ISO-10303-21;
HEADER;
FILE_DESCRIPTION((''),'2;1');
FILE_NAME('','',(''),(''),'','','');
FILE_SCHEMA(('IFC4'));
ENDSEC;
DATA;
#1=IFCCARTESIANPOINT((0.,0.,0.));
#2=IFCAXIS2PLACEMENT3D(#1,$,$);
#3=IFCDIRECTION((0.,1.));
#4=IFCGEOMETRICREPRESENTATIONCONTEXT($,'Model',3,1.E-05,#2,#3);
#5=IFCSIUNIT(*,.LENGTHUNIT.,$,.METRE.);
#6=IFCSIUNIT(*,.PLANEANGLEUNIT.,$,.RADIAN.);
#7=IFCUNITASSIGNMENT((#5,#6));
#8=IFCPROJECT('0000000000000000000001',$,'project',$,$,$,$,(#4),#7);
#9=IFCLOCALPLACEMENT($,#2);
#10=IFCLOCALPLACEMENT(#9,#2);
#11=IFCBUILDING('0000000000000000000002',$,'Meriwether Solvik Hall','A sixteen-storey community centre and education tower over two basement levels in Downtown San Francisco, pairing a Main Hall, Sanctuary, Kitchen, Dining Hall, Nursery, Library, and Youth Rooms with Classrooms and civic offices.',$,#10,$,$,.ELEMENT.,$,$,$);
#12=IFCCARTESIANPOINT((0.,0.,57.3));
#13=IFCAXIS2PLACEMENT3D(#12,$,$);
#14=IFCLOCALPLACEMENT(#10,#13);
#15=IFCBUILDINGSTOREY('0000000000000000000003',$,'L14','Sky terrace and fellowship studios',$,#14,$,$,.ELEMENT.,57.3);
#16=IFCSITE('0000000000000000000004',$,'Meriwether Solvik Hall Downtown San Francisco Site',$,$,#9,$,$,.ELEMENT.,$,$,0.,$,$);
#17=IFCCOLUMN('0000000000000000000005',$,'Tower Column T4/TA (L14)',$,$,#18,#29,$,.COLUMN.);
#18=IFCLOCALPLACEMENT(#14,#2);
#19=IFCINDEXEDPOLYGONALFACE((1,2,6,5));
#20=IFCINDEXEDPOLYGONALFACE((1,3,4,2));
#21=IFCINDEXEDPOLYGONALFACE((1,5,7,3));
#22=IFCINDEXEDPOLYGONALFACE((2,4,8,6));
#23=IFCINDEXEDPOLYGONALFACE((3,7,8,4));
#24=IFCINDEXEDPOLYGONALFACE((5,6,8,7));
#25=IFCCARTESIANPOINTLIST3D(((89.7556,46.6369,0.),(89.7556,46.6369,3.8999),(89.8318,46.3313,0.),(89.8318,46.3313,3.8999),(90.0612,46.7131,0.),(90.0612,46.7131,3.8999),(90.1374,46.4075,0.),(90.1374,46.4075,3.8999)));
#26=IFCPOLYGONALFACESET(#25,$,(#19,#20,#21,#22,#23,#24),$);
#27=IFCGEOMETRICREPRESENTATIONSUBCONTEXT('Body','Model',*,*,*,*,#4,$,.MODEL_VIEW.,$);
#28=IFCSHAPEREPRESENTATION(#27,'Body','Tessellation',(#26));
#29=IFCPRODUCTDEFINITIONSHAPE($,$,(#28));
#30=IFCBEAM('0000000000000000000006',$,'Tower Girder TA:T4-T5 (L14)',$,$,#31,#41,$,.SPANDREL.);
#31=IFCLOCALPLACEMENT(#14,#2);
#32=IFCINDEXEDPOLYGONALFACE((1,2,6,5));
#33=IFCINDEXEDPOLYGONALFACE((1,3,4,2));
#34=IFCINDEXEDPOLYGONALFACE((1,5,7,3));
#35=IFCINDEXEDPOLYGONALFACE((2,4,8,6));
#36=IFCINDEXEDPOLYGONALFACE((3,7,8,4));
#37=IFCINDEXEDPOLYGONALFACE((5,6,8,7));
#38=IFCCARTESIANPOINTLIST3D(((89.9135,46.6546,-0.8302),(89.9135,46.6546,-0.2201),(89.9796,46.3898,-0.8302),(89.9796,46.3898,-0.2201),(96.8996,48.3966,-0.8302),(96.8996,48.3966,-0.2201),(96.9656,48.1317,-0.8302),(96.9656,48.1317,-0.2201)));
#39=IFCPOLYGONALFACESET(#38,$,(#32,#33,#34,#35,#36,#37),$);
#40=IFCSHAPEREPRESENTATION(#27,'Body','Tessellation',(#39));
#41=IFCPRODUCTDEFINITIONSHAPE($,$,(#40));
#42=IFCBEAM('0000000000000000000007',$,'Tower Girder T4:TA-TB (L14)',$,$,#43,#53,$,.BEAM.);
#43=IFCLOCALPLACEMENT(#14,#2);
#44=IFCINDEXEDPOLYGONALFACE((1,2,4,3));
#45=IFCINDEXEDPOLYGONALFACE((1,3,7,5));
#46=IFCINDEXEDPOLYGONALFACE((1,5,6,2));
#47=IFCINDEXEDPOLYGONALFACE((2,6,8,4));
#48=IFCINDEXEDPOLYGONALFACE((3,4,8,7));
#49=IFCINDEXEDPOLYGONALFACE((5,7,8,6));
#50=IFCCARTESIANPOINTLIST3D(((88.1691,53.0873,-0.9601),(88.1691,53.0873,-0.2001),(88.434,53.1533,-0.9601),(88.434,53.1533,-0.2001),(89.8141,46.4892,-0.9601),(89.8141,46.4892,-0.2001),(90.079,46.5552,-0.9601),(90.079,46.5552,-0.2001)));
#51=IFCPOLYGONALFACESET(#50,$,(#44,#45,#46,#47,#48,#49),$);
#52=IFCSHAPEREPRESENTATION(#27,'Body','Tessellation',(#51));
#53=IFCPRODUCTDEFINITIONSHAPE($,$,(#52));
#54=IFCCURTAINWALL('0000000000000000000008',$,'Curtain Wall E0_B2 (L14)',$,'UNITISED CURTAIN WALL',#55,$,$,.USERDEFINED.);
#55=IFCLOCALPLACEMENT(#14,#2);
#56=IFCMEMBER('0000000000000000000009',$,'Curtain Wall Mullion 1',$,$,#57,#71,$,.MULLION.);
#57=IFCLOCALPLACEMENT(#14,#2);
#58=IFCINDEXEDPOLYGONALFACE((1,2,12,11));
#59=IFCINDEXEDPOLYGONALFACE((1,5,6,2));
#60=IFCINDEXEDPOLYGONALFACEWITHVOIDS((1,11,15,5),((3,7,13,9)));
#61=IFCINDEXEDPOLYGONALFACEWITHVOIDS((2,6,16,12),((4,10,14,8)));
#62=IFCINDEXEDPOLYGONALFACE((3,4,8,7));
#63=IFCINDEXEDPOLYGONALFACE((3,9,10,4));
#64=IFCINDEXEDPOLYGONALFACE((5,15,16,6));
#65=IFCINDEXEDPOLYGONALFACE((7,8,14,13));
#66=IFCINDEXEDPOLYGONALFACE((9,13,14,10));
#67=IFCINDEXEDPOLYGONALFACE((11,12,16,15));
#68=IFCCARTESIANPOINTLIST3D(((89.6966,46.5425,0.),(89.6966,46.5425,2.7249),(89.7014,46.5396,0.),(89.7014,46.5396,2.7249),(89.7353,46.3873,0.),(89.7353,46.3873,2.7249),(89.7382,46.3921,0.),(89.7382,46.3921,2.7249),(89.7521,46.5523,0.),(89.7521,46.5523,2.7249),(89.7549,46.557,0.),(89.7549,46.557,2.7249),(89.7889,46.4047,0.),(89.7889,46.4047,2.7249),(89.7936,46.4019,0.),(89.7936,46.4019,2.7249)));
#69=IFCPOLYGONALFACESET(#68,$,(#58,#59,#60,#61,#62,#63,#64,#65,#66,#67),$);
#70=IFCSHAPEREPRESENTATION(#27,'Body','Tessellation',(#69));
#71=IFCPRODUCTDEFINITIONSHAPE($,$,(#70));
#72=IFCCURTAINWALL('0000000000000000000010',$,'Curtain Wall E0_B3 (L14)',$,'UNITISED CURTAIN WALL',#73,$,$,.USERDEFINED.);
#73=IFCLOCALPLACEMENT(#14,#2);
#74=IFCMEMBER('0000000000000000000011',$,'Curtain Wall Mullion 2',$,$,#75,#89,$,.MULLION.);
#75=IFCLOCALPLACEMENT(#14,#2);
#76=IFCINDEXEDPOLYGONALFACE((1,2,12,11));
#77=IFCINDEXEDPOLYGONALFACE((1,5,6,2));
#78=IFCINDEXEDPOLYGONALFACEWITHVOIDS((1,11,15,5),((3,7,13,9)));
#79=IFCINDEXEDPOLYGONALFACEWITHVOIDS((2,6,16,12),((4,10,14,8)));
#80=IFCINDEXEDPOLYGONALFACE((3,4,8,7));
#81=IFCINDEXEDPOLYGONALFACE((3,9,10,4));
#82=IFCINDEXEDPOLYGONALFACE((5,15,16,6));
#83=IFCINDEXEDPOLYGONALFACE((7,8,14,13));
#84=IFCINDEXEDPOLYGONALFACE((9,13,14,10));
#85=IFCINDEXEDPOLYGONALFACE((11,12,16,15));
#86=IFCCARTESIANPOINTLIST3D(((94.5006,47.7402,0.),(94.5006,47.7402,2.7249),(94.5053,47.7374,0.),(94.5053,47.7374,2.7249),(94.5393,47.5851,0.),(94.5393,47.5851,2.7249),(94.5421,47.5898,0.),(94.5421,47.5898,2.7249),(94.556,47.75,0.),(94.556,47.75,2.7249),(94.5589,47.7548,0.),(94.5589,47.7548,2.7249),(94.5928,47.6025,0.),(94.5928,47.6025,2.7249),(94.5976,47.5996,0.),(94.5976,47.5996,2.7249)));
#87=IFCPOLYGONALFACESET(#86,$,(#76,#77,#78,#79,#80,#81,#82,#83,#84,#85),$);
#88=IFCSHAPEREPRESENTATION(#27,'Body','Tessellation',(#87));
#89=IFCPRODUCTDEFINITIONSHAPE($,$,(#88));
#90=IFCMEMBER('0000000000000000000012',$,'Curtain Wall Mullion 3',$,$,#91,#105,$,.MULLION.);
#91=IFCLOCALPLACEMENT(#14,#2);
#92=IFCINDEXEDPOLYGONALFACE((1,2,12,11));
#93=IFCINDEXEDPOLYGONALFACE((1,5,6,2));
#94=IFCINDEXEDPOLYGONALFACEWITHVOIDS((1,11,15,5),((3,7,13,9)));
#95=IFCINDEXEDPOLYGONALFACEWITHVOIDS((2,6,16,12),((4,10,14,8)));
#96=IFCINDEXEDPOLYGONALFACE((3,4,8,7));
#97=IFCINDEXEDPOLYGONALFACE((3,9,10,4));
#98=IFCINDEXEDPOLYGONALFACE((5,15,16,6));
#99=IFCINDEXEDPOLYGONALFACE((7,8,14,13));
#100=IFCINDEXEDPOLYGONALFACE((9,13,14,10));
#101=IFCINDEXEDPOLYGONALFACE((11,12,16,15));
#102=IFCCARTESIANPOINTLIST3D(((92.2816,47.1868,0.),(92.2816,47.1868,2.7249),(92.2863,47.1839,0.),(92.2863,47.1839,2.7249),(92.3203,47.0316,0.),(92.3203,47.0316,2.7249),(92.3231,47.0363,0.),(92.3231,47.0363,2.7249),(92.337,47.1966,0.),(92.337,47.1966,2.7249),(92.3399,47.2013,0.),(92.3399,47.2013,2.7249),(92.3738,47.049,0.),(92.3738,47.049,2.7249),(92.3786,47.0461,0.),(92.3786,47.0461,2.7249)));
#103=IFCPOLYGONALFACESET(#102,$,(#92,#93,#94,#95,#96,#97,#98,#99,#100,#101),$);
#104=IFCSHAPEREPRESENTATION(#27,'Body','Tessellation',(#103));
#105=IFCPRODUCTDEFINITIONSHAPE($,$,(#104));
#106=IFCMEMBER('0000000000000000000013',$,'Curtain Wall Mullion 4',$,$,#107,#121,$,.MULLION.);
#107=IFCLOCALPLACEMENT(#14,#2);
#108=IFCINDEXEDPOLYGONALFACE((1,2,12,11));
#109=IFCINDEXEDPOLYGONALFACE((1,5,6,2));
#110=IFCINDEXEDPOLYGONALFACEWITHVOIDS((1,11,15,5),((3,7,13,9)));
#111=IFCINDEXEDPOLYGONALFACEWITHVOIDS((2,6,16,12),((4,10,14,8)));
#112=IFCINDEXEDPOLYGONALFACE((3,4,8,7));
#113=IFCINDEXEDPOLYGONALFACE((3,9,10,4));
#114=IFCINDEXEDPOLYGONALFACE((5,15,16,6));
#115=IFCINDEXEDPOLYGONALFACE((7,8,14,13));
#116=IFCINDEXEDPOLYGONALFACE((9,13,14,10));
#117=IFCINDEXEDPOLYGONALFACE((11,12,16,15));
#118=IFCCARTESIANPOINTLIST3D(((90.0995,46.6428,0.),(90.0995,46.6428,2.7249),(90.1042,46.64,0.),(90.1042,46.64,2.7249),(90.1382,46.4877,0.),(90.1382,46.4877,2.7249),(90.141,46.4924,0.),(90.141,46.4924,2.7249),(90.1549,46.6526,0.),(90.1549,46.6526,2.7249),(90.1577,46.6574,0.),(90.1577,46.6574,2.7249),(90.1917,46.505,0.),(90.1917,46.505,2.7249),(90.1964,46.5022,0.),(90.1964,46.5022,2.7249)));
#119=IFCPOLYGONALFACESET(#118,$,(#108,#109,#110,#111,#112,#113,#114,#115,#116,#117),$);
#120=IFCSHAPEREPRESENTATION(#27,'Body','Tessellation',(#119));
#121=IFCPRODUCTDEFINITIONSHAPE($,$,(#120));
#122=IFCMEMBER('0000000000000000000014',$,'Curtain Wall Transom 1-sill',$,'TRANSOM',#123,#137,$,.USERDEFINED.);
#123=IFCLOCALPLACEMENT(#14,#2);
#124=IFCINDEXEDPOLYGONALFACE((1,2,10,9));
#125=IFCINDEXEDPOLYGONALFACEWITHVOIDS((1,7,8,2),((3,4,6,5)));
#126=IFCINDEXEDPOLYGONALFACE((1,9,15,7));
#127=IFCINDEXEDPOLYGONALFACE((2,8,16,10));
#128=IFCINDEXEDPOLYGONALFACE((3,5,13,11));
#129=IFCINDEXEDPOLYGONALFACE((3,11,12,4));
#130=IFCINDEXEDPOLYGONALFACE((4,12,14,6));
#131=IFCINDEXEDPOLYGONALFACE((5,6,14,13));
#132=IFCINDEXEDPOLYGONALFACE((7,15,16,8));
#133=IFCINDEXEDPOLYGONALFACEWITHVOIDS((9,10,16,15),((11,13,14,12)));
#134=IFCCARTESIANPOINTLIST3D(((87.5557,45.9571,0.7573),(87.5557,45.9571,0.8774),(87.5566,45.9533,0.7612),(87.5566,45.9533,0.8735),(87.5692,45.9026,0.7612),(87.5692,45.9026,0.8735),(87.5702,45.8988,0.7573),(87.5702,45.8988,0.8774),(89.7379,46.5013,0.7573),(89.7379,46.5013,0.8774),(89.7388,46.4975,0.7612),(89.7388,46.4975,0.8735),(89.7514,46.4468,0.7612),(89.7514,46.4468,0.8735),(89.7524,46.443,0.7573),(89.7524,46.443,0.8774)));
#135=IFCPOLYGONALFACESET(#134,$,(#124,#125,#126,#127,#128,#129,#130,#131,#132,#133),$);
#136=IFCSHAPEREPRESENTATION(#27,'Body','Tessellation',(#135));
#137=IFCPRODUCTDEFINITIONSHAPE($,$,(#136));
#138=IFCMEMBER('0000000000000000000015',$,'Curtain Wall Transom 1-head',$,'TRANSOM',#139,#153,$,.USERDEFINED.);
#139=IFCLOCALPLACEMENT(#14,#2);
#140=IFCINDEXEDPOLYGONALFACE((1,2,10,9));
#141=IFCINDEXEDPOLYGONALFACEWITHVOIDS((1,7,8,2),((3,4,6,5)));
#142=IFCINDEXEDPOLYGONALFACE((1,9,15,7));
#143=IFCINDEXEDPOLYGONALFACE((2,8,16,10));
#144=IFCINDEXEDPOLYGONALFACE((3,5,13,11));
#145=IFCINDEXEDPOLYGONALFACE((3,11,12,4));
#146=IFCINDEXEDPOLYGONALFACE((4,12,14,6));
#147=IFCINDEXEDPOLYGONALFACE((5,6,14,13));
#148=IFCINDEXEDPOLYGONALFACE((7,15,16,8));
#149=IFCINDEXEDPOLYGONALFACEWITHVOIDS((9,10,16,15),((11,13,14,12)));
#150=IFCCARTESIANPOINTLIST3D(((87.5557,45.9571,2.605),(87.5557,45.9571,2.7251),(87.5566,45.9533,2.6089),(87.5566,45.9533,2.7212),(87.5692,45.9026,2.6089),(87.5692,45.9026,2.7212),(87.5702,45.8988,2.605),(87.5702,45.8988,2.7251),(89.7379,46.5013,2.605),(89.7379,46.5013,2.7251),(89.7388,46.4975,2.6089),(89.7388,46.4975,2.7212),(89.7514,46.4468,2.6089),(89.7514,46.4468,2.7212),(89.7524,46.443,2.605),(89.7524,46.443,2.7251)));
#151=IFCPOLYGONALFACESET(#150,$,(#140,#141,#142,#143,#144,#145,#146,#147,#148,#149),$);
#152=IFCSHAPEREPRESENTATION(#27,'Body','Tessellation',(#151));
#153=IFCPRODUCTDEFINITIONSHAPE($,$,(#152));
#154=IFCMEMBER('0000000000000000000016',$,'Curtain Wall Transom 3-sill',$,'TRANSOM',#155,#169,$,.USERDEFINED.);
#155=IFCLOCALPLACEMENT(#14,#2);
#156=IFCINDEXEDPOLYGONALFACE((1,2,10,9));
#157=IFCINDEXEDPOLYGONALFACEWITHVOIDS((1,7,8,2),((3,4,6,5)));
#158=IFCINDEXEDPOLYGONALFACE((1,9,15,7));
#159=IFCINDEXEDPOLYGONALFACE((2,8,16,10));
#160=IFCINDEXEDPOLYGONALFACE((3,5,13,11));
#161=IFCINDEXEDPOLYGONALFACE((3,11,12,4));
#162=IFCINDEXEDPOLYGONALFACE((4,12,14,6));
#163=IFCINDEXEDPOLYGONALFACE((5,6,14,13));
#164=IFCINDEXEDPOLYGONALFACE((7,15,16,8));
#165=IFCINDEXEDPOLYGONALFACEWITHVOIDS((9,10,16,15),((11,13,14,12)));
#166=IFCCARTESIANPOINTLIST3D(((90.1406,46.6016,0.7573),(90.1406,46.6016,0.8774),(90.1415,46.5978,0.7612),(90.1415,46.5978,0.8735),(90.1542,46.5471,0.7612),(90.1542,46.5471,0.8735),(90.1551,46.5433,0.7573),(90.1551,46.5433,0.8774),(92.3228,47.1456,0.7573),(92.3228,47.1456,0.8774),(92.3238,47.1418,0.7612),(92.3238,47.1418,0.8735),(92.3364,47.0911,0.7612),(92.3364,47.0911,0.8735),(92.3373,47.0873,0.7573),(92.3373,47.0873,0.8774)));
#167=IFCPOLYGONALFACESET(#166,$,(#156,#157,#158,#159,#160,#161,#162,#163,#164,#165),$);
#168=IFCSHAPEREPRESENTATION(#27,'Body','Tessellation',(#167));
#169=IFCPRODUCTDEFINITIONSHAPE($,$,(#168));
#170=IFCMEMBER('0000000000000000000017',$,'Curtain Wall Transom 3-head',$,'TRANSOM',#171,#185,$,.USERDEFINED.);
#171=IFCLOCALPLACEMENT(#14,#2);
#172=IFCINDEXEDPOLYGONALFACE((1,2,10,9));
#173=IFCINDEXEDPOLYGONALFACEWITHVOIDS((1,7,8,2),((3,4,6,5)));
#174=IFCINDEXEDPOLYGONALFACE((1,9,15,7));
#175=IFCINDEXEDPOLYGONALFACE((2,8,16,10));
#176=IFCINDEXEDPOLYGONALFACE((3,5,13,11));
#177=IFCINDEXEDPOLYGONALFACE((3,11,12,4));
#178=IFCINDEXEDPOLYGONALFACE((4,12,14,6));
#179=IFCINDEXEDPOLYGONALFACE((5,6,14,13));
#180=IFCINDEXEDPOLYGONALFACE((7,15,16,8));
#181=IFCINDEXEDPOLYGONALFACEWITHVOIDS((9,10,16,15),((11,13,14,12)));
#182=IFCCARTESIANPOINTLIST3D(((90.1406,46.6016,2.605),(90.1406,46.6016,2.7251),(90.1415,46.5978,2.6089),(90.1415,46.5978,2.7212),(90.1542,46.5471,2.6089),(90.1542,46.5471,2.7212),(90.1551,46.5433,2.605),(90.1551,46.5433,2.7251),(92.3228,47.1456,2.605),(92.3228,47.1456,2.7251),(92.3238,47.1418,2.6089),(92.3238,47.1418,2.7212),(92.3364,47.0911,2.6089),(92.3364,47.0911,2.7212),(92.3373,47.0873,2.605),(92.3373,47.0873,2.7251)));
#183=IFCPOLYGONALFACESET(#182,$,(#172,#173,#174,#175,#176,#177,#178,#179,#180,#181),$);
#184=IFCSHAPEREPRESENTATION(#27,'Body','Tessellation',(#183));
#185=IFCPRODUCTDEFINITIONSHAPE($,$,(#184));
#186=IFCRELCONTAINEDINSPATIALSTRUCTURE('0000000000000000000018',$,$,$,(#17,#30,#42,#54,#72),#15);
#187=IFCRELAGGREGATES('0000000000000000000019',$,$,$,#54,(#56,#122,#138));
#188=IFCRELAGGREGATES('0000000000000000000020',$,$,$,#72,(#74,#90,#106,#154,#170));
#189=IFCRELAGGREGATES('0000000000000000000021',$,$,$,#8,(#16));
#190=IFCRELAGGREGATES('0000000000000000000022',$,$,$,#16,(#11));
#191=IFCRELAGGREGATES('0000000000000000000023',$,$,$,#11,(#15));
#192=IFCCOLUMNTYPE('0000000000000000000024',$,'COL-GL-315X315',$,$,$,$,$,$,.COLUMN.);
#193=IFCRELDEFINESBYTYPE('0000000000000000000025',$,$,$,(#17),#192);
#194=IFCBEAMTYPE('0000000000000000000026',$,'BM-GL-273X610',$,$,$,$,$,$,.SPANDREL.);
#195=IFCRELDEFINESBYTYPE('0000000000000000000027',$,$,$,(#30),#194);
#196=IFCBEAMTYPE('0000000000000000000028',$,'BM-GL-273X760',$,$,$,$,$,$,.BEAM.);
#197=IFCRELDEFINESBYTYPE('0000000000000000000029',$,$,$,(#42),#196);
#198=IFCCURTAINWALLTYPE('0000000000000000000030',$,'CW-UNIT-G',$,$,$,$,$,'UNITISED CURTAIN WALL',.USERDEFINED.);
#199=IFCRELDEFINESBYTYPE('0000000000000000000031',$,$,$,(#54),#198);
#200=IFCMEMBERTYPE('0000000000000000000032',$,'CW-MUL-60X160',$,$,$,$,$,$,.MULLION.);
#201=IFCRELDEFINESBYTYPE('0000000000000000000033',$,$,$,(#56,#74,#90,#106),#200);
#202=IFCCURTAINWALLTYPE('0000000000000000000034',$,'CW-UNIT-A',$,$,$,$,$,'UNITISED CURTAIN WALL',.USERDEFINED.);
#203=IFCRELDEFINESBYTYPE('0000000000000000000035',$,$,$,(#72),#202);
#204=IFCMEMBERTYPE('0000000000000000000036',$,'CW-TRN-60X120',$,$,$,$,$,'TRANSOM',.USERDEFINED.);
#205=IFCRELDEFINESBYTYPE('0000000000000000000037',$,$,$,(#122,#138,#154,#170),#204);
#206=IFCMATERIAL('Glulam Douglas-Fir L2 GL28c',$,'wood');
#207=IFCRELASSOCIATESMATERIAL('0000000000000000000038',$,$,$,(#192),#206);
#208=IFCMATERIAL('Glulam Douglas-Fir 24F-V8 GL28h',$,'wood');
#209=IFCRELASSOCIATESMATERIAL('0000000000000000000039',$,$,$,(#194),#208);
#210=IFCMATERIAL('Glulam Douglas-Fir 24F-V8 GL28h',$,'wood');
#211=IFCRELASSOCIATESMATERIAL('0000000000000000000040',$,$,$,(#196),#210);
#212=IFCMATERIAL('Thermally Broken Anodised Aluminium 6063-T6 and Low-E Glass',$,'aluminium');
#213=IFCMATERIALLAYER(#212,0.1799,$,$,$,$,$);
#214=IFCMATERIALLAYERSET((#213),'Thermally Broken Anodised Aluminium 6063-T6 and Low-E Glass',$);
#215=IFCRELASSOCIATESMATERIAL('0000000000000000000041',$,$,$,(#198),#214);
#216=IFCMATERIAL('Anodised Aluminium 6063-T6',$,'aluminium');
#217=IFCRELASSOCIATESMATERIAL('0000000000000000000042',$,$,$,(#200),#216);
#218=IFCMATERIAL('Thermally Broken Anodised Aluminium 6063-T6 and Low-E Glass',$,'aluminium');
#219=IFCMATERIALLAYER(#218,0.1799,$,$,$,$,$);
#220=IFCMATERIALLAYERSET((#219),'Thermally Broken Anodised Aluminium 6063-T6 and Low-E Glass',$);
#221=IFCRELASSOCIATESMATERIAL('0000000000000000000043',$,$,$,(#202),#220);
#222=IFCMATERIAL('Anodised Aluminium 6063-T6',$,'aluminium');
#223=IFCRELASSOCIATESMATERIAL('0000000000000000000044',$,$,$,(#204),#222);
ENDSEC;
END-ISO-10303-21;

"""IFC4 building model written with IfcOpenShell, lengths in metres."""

from ifc_helpers import new_model, si_unit, direction, frame, origin, origin_2d, place, context, subcontext, project, spatial, rectangle, hollow_rectangle, extrude, material, layer, layer_set, material_profile, profile_set, type_object, element, aggregate, save


model = new_model("IFC4")

# Units and contexts
model_context = context("Model", 3, precision=1e-05, world=origin(), true_north=direction((0.0, 1.0)))
body_context = subcontext(model_context, "Body", "Model", "MODEL_VIEW")
ifc_project = project(units=[si_unit("LENGTHUNIT", "METRE"), si_unit("PLANEANGLEUNIT", "RADIAN")], contexts=[model_context])

# Site, building, storey
site_placement = place(None, origin())
site = spatial("IfcSite", under=ifc_project, at=site_placement, Name="Meriwether Solvik Hall Downtown San Francisco Site", CompositionType="ELEMENT", RefElevation=0.0)
building_placement = place(site_placement, origin())
building = spatial("IfcBuilding", under=site, at=building_placement, Name="Meriwether Solvik Hall", Description="A sixteen-storey community centre and education tower over two basement levels in Downtown San Francisco, pairing a Main Hall, Sanctuary, Kitchen, Dining Hall, Nursery, Library, and Youth Rooms with Classrooms and civic offices.", CompositionType="ELEMENT")
storey_placement = place(building_placement, frame((0.0, 0.0, 57.3)))
storey = spatial("IfcBuildingStorey", under=building, at=storey_placement, Name="L14", Description="Sky terrace and fellowship studios", CompositionType="ELEMENT", Elevation=57.3)

# Column
ifc_material_1 = material(Name="Glulam Douglas-Fir L2 GL28c", Category="wood")
ifc_material_profile_1 = material_profile(ifc_material_1, rectangle(XDim=0.3149, YDim=0.3149, at=origin_2d()), Name="GLC-315X315")
ifc_profile_set_1 = profile_set([ifc_material_profile_1], Name="Glulam Douglas-Fir L2 GL28c")
column_type = type_object("IfcColumnType", Name="COL-GL-315X315", PredefinedType="COLUMN", material=ifc_profile_set_1)
column_placement = place(storey_placement, frame((89.9465, 46.5222, 0.0), z_axis=(0.0, 0.0, 1.0), x_axis=(0.970296, 0.241922, 0.0)))
element("IfcColumn", 1, at=column_placement, inside=storey, type_object=column_type, Name="Tower Column T4/TA (L14)", PredefinedType="COLUMN", context=body_context, shape_type="SweptSolid", body=[
    extrude(rectangle(XDim=0.3149, YDim=0.3149, at=origin_2d()), origin(), (0.0, 0.0, 1.0), 3.8999),
])

# Beams
ifc_material_2 = material(Name="Glulam Douglas-Fir 24F-V8 GL28h", Category="wood")
ifc_material_profile_2 = material_profile(ifc_material_2, rectangle(XDim=0.2729, YDim=0.6101, at=origin_2d()), Name="GLB-273X610")
ifc_profile_set_2 = profile_set([ifc_material_profile_2], Name="Glulam Douglas-Fir 24F-V8 GL28h")
beam_type_1 = type_object("IfcBeamType", Name="BM-GL-273X610", PredefinedType="SPANDREL", material=ifc_profile_set_2)
beam_1_placement = place(storey_placement, frame((89.9465, 46.5222, -0.5251), z_axis=(0.970292, 0.241937, 0.0), x_axis=(-0.241937, 0.970292, 0.0)))
element("IfcBeam", 2, at=beam_1_placement, inside=storey, type_object=beam_type_1, Name="Tower Girder TA:T4-T5 (L14)", PredefinedType="SPANDREL", context=body_context, shape_type="SweptSolid", body=[
    extrude(rectangle(XDim=0.2729, YDim=0.6101, at=origin_2d()), origin(), (0.0, 0.0, 1.0), 7.2),
])
ifc_material_3 = material(Name="Glulam Douglas-Fir 24F-V8 GL28h", Category="wood")
ifc_material_profile_3 = material_profile(ifc_material_3, rectangle(XDim=0.2729, YDim=0.76, at=origin_2d()), Name="GLB-273X760")
ifc_profile_set_3 = profile_set([ifc_material_profile_3], Name="Glulam Douglas-Fir 24F-V8 GL28h")
beam_type_2 = type_object("IfcBeamType", Name="BM-GL-273X760", PredefinedType="BEAM", material=ifc_profile_set_3)
beam_2_placement = place(storey_placement, frame((89.9465, 46.5222, -0.5801), z_axis=(-0.24191, 0.970299, 0.0), x_axis=(-0.970299, -0.24191, 0.0)))
element("IfcBeam", 3, at=beam_2_placement, inside=storey, type_object=beam_type_2, Name="Tower Girder T4:TA-TB (L14)", PredefinedType="BEAM", context=body_context, shape_type="SweptSolid", body=[
    extrude(rectangle(XDim=0.2729, YDim=0.76, at=origin_2d()), origin(), (0.0, 0.0, 1.0), 6.8),
])

# Curtain wall, member
ifc_material_4 = material(Name="Thermally Broken Anodised Aluminium 6063-T6 and Low-E Glass", Category="aluminium")
ifc_layer_1 = layer(ifc_material_4, 0.1799)
ifc_layer_set_1 = layer_set([ifc_layer_1], Name="Thermally Broken Anodised Aluminium 6063-T6 and Low-E Glass")
curtain_wall_type_1 = type_object("IfcCurtainWallType", Name="CW-UNIT-G", ElementType="UNITISED CURTAIN WALL", PredefinedType="USERDEFINED", material=ifc_layer_set_1)
curtain_wall_1_placement = place(storey_placement, origin())
curtain_wall_1 = element("IfcCurtainWall", 4, at=curtain_wall_1_placement, inside=storey, type_object=curtain_wall_type_1, Name="Curtain Wall E0_B2 (L14)", ObjectType="UNITISED CURTAIN WALL", PredefinedType="USERDEFINED")
ifc_material_5 = material(Name="Anodised Aluminium 6063-T6", Category="aluminium")
ifc_material_profile_4 = material_profile(ifc_material_5, hollow_rectangle(XDim=0.0601, YDim=0.1599, WallThickness=0.0039, at=origin_2d()), Name="CWM-60X160")
ifc_profile_set_4 = profile_set([ifc_material_profile_4], Name="Anodised Aluminium 6063-T6")
member_type_1 = type_object("IfcMemberType", Name="CW-MUL-60X160", PredefinedType="MULLION", material=ifc_profile_set_4)
member_1_placement = place(storey_placement, frame((89.7451, 46.4722, 0.0), z_axis=(0.0, 0.0, 1.0), x_axis=(-0.970296, -0.241922, 0.0)))
member_1 = element("IfcMember", 5, at=member_1_placement, type_object=member_type_1, Name="Curtain Wall Mullion 1", PredefinedType="MULLION", context=body_context, shape_type="SweptSolid", body=[
    extrude(hollow_rectangle(XDim=0.0601, YDim=0.1599, WallThickness=0.0039, at=origin_2d()), origin(), (0.0, 0.0, 1.0), 2.7249),
])

# Curtain wall, members
ifc_material_6 = material(Name="Thermally Broken Anodised Aluminium 6063-T6 and Low-E Glass", Category="aluminium")
ifc_layer_2 = layer(ifc_material_6, 0.1799)
ifc_layer_set_2 = layer_set([ifc_layer_2], Name="Thermally Broken Anodised Aluminium 6063-T6 and Low-E Glass")
curtain_wall_type_2 = type_object("IfcCurtainWallType", Name="CW-UNIT-A", ElementType="UNITISED CURTAIN WALL", PredefinedType="USERDEFINED", material=ifc_layer_set_2)
curtain_wall_2_placement = place(storey_placement, origin())
curtain_wall_2 = element("IfcCurtainWall", 6, at=curtain_wall_2_placement, inside=storey, type_object=curtain_wall_type_2, Name="Curtain Wall E0_B3 (L14)", ObjectType="UNITISED CURTAIN WALL", PredefinedType="USERDEFINED")
member_2_placement = place(storey_placement, frame((94.5491, 47.6699, 0.0), z_axis=(0.0, 0.0, 1.0), x_axis=(-0.970296, -0.241922, 0.0)))
member_2 = element("IfcMember", 7, at=member_2_placement, type_object=member_type_1, Name="Curtain Wall Mullion 2", PredefinedType="MULLION", context=body_context, shape_type="SweptSolid", body=[
    extrude(hollow_rectangle(XDim=0.0601, YDim=0.1599, WallThickness=0.0039, at=origin_2d()), origin(), (0.0, 0.0, 1.0), 2.7249),
])
member_3_placement = place(storey_placement, frame((92.3301, 47.1165, 0.0), z_axis=(0.0, 0.0, 1.0), x_axis=(-0.970296, -0.241922, 0.0)))
member_3 = element("IfcMember", 8, at=member_3_placement, type_object=member_type_1, Name="Curtain Wall Mullion 3", PredefinedType="MULLION", context=body_context, shape_type="SweptSolid", body=[
    extrude(hollow_rectangle(XDim=0.0601, YDim=0.1599, WallThickness=0.0039, at=origin_2d()), origin(), (0.0, 0.0, 1.0), 2.7249),
])
member_4_placement = place(storey_placement, frame((90.1479, 46.5725, 0.0), z_axis=(0.0, 0.0, 1.0), x_axis=(-0.970296, -0.241922, 0.0)))
member_4 = element("IfcMember", 9, at=member_4_placement, type_object=member_type_1, Name="Curtain Wall Mullion 4", PredefinedType="MULLION", context=body_context, shape_type="SweptSolid", body=[
    extrude(hollow_rectangle(XDim=0.0601, YDim=0.1599, WallThickness=0.0039, at=origin_2d()), origin(), (0.0, 0.0, 1.0), 2.7249),
])

# Members
ifc_material_7 = material(Name="Anodised Aluminium 6063-T6", Category="aluminium")
ifc_material_profile_5 = material_profile(ifc_material_7, hollow_rectangle(XDim=0.0601, YDim=0.1201, WallThickness=0.0039, at=origin_2d()), Name="CWT-60X120")
ifc_profile_set_5 = profile_set([ifc_material_profile_5], Name="Anodised Aluminium 6063-T6")
member_type_2 = type_object("IfcMemberType", Name="CW-TRN-60X120", ElementType="TRANSOM", PredefinedType="USERDEFINED", material=ifc_profile_set_5)
member_5_placement = place(storey_placement, frame((89.7451, 46.4722, 0.8174), z_axis=(-0.970283, -0.241974, 0.0), x_axis=(0.241974, -0.970283, 0.0)))
member_5 = element("IfcMember", 10, at=member_5_placement, type_object=member_type_2, Name="Curtain Wall Transom 1-sill", ObjectType="TRANSOM", PredefinedType="USERDEFINED", context=body_context, shape_type="SweptSolid", body=[
    extrude(hollow_rectangle(XDim=0.0601, YDim=0.1201, WallThickness=0.0039, at=origin_2d()), origin(), (0.0, 0.0, 1.0), 2.249),
])
member_6_placement = place(storey_placement, frame((89.7451, 46.4722, 2.665), z_axis=(-0.970283, -0.241974, 0.0), x_axis=(0.241974, -0.970283, 0.0)))
member_6 = element("IfcMember", 11, at=member_6_placement, type_object=member_type_2, Name="Curtain Wall Transom 1-head", ObjectType="TRANSOM", PredefinedType="USERDEFINED", context=body_context, shape_type="SweptSolid", body=[
    extrude(hollow_rectangle(XDim=0.0601, YDim=0.1201, WallThickness=0.0039, at=origin_2d()), origin(), (0.0, 0.0, 1.0), 2.249),
])
member_7_placement = place(storey_placement, frame((92.3301, 47.1165, 0.8174), z_axis=(-0.970308, -0.241871, 0.0), x_axis=(0.241871, -0.970308, 0.0)))
member_7 = element("IfcMember", 12, at=member_7_placement, type_object=member_type_2, Name="Curtain Wall Transom 3-sill", ObjectType="TRANSOM", PredefinedType="USERDEFINED", context=body_context, shape_type="SweptSolid", body=[
    extrude(hollow_rectangle(XDim=0.0601, YDim=0.1201, WallThickness=0.0039, at=origin_2d()), origin(), (0.0, 0.0, 1.0), 2.249),
])
member_8_placement = place(storey_placement, frame((92.3301, 47.1165, 2.665), z_axis=(-0.970308, -0.241871, 0.0), x_axis=(0.241871, -0.970308, 0.0)))
member_8 = element("IfcMember", 13, at=member_8_placement, type_object=member_type_2, Name="Curtain Wall Transom 3-head", ObjectType="TRANSOM", PredefinedType="USERDEFINED", context=body_context, shape_type="SweptSolid", body=[
    extrude(hollow_rectangle(XDim=0.0601, YDim=0.1201, WallThickness=0.0039, at=origin_2d()), origin(), (0.0, 0.0, 1.0), 2.249),
])

aggregate(curtain_wall_1, [member_1, member_5, member_6])
aggregate(curtain_wall_2, [member_2, member_3, member_4, member_7, member_8])

save(model, "model.ifc")
